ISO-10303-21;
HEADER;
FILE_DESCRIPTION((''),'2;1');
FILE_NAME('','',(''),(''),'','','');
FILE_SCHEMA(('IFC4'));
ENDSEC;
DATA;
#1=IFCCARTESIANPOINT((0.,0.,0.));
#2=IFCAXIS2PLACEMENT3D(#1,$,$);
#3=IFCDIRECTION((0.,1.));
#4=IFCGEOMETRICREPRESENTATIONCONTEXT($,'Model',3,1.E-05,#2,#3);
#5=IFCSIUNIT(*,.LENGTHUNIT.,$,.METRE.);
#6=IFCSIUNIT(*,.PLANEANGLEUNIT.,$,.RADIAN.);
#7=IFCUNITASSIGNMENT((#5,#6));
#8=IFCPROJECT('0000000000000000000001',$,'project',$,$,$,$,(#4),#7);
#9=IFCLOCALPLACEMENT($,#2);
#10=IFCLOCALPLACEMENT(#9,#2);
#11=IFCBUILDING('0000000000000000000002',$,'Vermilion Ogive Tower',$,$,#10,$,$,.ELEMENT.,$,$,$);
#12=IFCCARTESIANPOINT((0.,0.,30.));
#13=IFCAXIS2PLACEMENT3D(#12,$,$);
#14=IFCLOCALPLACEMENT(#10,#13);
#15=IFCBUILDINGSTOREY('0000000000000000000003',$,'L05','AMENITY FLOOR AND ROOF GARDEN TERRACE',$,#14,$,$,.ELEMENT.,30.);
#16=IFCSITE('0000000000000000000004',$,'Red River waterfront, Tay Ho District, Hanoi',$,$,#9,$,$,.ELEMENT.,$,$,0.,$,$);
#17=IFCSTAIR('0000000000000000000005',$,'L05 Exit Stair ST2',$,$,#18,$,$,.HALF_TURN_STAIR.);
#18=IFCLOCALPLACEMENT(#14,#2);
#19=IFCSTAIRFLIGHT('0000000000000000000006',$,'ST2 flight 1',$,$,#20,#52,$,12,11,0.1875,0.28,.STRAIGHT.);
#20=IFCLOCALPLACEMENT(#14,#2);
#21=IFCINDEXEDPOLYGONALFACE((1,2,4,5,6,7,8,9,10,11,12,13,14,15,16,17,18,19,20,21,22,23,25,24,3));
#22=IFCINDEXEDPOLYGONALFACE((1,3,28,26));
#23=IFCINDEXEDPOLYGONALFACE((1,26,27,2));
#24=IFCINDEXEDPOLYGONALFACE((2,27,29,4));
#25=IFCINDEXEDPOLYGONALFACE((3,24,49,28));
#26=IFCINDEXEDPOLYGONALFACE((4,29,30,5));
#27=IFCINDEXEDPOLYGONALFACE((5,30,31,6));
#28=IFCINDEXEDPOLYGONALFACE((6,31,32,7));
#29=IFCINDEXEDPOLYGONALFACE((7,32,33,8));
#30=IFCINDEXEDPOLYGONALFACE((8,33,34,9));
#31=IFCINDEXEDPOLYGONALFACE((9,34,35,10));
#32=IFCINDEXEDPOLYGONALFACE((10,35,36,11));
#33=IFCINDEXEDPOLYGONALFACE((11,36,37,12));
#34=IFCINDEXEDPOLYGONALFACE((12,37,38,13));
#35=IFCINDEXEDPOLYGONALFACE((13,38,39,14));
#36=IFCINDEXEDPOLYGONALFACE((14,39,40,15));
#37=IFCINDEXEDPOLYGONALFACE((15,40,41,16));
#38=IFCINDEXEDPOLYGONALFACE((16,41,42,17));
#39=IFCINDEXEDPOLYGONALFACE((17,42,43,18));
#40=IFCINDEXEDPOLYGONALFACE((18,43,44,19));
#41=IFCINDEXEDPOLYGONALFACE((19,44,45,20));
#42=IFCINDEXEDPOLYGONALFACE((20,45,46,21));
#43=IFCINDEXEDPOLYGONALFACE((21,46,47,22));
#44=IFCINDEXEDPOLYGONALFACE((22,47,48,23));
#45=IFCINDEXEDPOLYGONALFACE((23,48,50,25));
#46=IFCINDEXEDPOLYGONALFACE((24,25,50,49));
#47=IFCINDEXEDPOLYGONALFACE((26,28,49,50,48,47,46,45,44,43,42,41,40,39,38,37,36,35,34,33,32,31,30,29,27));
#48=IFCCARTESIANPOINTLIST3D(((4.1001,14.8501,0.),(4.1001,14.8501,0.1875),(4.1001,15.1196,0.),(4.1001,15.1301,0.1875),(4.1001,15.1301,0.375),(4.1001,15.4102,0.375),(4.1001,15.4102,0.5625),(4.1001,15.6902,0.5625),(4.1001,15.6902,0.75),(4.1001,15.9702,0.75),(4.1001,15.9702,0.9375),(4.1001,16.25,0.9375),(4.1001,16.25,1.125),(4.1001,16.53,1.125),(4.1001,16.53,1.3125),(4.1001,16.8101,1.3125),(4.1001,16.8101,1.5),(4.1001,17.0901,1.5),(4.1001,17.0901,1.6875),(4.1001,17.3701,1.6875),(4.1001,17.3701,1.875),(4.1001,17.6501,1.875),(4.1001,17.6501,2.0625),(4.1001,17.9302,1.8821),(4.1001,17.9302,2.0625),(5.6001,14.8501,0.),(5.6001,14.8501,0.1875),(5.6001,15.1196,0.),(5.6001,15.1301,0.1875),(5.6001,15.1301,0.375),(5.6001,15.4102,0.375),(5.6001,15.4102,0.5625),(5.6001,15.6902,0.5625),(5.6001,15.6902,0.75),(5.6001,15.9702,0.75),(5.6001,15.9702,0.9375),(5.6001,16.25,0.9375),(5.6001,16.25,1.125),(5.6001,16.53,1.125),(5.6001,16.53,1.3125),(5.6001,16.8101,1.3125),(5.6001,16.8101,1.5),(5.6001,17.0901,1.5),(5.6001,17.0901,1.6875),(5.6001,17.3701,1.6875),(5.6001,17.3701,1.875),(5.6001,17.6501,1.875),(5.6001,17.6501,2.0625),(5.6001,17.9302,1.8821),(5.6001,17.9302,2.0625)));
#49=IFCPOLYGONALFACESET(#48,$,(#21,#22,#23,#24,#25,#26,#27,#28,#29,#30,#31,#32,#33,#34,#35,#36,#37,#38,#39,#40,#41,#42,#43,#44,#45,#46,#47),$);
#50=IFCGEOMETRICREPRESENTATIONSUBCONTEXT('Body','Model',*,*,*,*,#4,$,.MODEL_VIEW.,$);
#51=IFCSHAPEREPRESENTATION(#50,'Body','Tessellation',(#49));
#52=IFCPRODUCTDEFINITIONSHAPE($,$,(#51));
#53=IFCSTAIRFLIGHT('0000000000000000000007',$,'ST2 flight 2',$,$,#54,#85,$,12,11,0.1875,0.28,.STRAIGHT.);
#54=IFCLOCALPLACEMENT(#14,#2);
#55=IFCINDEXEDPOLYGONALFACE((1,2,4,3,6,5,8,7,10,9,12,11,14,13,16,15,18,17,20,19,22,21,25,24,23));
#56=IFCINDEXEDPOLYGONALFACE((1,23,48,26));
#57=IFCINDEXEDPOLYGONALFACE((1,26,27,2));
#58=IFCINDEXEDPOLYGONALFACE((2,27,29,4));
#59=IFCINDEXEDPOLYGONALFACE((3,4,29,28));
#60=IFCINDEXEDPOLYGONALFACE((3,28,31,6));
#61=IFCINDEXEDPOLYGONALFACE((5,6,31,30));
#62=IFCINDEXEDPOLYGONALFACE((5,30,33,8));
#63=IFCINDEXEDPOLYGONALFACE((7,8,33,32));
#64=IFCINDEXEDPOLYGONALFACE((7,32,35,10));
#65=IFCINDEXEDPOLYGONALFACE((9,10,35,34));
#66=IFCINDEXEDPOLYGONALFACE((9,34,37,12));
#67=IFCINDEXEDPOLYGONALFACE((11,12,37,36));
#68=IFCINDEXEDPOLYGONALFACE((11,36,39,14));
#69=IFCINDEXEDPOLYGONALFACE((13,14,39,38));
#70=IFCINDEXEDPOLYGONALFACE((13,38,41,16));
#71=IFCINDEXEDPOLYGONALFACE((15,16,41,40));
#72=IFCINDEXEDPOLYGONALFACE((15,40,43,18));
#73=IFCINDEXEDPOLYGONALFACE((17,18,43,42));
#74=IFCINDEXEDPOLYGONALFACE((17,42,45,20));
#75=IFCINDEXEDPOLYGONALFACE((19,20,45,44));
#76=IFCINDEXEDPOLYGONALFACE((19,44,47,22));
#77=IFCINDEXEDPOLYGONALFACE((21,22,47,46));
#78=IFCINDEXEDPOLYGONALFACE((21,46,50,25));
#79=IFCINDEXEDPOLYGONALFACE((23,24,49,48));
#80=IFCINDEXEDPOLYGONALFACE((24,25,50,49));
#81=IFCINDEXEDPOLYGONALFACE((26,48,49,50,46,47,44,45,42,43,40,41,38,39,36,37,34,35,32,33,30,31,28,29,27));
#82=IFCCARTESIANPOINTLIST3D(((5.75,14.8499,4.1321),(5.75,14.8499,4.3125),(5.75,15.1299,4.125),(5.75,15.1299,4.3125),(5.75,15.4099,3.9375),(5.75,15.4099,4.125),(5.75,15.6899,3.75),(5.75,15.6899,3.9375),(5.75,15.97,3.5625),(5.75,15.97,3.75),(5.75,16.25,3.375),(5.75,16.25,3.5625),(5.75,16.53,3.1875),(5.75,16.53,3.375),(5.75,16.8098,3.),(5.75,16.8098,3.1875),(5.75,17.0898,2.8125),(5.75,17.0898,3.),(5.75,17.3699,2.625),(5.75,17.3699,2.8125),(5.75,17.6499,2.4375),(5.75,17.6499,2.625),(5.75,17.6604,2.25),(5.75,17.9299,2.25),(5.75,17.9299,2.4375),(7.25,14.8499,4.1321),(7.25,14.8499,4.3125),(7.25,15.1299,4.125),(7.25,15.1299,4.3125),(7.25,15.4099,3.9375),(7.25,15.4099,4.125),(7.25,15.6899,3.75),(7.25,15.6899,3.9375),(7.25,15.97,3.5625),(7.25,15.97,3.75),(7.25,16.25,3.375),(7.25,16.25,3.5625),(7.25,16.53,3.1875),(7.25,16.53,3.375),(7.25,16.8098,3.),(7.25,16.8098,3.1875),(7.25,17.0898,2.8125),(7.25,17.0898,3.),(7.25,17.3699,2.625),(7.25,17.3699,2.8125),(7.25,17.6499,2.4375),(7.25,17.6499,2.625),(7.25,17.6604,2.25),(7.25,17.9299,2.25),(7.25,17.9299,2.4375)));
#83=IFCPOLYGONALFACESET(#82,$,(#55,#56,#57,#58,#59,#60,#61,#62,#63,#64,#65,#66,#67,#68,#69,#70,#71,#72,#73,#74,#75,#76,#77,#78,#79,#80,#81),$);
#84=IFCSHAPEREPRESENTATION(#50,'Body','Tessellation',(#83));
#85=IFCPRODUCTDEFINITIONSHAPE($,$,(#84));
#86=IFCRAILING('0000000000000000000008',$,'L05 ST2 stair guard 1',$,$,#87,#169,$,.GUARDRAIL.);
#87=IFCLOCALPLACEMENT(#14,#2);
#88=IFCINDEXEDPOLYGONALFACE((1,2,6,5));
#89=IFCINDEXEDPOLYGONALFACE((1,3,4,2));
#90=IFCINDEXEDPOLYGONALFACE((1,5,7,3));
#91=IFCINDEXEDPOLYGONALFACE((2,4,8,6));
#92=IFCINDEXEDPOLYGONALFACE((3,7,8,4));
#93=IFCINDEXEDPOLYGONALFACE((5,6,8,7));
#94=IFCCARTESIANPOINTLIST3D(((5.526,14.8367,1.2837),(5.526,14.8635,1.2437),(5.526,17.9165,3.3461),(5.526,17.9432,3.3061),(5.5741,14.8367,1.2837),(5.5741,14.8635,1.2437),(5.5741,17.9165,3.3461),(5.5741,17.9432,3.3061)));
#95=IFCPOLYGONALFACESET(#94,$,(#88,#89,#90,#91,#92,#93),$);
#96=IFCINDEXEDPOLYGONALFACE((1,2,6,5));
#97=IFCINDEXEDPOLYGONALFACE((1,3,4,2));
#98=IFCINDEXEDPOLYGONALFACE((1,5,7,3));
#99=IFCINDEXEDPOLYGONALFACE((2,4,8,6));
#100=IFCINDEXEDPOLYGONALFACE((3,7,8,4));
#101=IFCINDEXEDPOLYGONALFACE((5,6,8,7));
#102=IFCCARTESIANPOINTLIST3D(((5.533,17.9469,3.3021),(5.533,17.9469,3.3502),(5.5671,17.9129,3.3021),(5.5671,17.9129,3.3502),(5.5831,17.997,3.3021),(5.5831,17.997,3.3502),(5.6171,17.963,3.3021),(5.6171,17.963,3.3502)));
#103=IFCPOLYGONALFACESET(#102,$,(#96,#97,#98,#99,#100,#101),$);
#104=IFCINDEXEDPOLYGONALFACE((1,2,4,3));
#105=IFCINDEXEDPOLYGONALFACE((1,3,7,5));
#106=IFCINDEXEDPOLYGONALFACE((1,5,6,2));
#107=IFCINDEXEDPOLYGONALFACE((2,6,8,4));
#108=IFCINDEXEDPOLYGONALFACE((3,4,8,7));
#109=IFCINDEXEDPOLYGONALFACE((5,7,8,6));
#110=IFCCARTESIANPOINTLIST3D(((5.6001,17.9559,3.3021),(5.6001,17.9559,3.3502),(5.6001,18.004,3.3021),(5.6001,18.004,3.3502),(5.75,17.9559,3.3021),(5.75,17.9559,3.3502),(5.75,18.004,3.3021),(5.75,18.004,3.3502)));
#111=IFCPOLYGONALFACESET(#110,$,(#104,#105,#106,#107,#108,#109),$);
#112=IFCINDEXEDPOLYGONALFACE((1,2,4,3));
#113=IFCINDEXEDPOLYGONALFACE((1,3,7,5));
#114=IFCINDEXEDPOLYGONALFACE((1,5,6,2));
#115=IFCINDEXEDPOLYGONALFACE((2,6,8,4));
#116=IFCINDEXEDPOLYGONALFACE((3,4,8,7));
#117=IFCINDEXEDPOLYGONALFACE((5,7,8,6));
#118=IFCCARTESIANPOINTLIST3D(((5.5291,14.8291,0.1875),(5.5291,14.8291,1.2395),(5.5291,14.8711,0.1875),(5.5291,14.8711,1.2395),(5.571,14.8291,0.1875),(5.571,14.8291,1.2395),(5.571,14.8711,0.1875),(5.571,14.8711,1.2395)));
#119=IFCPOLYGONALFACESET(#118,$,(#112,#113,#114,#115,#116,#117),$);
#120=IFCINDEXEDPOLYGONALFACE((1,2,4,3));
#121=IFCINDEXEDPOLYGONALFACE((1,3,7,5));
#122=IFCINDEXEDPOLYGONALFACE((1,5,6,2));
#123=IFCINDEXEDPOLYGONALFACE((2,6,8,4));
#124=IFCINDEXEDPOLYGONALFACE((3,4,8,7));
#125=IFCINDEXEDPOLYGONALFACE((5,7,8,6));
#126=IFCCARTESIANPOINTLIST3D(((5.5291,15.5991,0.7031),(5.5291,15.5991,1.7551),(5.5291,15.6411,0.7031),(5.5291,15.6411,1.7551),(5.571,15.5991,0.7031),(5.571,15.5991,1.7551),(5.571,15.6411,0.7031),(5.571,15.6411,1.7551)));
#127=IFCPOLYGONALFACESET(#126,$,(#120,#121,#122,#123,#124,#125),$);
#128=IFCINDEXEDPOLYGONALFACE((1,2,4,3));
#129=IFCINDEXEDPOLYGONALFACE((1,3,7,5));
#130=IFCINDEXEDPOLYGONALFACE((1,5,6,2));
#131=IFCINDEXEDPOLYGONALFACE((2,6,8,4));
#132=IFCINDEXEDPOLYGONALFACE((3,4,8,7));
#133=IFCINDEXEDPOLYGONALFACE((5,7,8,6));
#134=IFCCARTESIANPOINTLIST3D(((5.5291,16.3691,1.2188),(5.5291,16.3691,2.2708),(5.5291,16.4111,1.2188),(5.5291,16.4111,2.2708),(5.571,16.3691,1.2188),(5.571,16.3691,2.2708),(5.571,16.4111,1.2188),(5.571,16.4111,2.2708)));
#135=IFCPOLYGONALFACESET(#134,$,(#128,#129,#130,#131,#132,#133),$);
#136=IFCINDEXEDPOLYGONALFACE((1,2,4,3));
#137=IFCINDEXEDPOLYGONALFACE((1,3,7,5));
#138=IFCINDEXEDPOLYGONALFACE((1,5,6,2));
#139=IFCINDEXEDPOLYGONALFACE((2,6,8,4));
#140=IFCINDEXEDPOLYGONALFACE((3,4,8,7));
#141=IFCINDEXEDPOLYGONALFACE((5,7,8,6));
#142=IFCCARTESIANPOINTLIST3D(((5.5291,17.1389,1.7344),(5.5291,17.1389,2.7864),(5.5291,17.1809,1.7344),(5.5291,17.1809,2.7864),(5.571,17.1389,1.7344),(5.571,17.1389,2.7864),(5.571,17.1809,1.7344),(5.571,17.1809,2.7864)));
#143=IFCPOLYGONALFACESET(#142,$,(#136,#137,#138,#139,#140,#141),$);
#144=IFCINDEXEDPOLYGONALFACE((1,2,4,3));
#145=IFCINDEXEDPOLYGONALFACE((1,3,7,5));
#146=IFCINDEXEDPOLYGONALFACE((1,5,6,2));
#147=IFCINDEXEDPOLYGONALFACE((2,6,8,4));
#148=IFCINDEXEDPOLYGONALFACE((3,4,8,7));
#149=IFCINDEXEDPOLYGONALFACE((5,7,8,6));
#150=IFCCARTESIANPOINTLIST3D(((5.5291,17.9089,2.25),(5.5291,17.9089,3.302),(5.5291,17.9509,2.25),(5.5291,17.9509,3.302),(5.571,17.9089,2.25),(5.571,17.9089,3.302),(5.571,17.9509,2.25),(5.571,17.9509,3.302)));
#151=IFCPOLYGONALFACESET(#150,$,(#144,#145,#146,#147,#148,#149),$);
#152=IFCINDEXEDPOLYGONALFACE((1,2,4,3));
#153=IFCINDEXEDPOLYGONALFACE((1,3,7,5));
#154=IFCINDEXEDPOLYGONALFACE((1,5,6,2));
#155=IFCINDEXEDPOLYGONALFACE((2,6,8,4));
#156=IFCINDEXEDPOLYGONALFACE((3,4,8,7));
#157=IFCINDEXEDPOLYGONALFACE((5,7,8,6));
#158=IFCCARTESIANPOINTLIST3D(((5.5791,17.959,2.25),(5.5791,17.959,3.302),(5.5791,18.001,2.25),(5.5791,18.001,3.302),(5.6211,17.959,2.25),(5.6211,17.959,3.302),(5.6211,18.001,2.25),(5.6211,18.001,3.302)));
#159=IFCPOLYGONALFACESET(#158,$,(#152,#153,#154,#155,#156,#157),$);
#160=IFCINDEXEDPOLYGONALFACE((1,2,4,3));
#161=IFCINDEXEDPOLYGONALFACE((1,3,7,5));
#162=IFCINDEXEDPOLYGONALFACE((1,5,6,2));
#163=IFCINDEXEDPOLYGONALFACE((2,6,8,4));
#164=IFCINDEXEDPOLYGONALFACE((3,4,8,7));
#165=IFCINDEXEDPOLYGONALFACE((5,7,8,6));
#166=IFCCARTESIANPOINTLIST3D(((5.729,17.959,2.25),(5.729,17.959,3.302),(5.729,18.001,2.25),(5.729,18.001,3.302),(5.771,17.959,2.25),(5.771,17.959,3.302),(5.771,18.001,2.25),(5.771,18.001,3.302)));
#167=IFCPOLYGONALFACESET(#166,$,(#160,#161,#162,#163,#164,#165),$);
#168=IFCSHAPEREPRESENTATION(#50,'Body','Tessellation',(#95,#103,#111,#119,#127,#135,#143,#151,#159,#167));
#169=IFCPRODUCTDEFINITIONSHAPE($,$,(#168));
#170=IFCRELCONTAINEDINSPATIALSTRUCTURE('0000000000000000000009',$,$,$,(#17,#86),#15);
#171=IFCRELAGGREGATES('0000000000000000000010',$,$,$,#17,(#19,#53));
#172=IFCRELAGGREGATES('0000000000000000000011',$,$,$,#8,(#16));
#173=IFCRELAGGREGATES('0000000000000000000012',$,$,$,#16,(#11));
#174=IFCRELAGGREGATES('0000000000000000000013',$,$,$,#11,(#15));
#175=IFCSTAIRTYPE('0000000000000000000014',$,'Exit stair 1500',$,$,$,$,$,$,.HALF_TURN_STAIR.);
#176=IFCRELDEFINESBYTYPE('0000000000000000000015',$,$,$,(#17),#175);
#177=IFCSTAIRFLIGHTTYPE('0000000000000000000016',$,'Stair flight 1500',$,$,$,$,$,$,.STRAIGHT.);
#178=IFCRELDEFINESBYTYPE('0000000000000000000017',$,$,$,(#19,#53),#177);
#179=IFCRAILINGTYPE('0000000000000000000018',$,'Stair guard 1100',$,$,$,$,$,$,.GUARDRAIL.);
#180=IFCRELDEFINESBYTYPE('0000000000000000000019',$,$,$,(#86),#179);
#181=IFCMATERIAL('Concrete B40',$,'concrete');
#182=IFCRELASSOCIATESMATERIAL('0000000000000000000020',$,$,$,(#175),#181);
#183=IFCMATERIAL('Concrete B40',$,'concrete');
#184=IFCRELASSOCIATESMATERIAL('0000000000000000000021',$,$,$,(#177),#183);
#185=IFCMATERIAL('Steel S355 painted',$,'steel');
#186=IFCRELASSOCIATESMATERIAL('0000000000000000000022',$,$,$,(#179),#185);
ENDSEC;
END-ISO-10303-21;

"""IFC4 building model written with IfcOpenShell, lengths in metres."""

from ifc_helpers import new_model, si_unit, direction, frame, origin, origin_2d, place, context, subcontext, project, spatial, polyline, rectangle, outline, extrude, material, type_object, element, aggregate, save


model = new_model("IFC4")

# Units and contexts
model_context = context("Model", 3, precision=1e-05, world=origin(), true_north=direction((0.0, 1.0)))
body_context = subcontext(model_context, "Body", "Model", "MODEL_VIEW")
ifc_project = project(units=[si_unit("LENGTHUNIT", "METRE"), si_unit("PLANEANGLEUNIT", "RADIAN")], contexts=[model_context])

# Site, building, storey
site_placement = place(None, origin())
site = spatial("IfcSite", under=ifc_project, at=site_placement, Name="Red River waterfront, Tay Ho District, Hanoi", CompositionType="ELEMENT", RefElevation=0.0)
building_placement = place(site_placement, origin())
building = spatial("IfcBuilding", under=site, at=building_placement, Name="Vermilion Ogive Tower", CompositionType="ELEMENT")
storey_placement = place(building_placement, frame((0.0, 0.0, 30.0)))
storey = spatial("IfcBuildingStorey", under=building, at=storey_placement, Name="L05", Description="AMENITY FLOOR AND ROOF GARDEN TERRACE", CompositionType="ELEMENT", Elevation=30.0)

# Stair, stair flights
ifc_material_1 = material(Name="Concrete B40", Category="concrete")
stair_type = type_object("IfcStairType", Name="Exit stair 1500", PredefinedType="HALF_TURN_STAIR", material=ifc_material_1)
stair_placement = place(storey_placement, origin())
stair = element("IfcStair", 1, at=stair_placement, inside=storey, type_object=stair_type, Name="L05 Exit Stair ST2", PredefinedType="HALF_TURN_STAIR")
ifc_material_2 = material(Name="Concrete B40", Category="concrete")
stair_flight_type = type_object("IfcStairFlightType", Name="Stair flight 1500", PredefinedType="STRAIGHT", material=ifc_material_2)
stair_flight_1_placement = place(storey_placement, frame((4.8501, 14.8501, 0.0), z_axis=(0.0, 0.0, 1.0), x_axis=(0.0, 1.0, 0.0)))
stair_flight_1 = element("IfcStairFlight", 2, at=stair_flight_1_placement, type_object=stair_flight_type, Name="ST2 flight 1", NumberOfRisers=12, NumberOfTreads=11, PredefinedType="STRAIGHT", RiserHeight=0.1875, TreadLength=0.28, context=body_context, shape_type="SweptSolid", body=[
    extrude(outline(polyline([(0.0, 0.0), (0.0, 0.1875), (0.28, 0.1875), (0.28, 0.375), (0.5601, 0.375), (0.5601, 0.5625), (0.8401, 0.5625), (0.8401, 0.75), (1.1201, 0.75), (1.1201, 0.9375), (1.3999, 0.9375), (1.3999, 1.125), (1.6799, 1.125), (1.6799, 1.3125), (1.96, 1.3125), (1.96, 1.5), (2.24, 1.5), (2.24, 1.6875), (2.52, 1.6875), (2.52, 1.875), (2.8, 1.875), (2.8, 2.0625), (3.0801, 2.0625), (3.0801, 2.25), (3.0801, 1.8821), (0.2695, 0.0), (0.0, 0.0)])), frame((0.0, 0.75, 0.0), z_axis=(0.0, -1.0, 0.0), x_axis=(1.0, 0.0, 0.0)), (0.0, 0.0, 1.0), 1.5),
])
stair_flight_2_placement = place(storey_placement, frame((6.5, 17.9299, 2.25), z_axis=(0.0, 0.0, 1.0), x_axis=(0.0, -1.0, 0.0)))
stair_flight_2 = element("IfcStairFlight", 3, at=stair_flight_2_placement, type_object=stair_flight_type, Name="ST2 flight 2", NumberOfRisers=12, NumberOfTreads=11, PredefinedType="STRAIGHT", RiserHeight=0.1875, TreadLength=0.28, context=body_context, shape_type="SweptSolid", body=[
    extrude(outline(polyline([(0.0, 0.0), (0.0, 0.1875), (0.28, 0.1875), (0.28, 0.375), (0.5601, 0.375), (0.5601, 0.5625), (0.8401, 0.5625), (0.8401, 0.75), (1.1201, 0.75), (1.1201, 0.9375), (1.3999, 0.9375), (1.3999, 1.125), (1.6799, 1.125), (1.6799, 1.3125), (1.96, 1.3125), (1.96, 1.5), (2.24, 1.5), (2.24, 1.6875), (2.52, 1.6875), (2.52, 1.875), (2.8, 1.875), (2.8, 2.0625), (3.0801, 2.0625), (3.0801, 2.25), (3.0801, 1.8821), (0.2695, 0.0), (0.0, 0.0)])), frame((0.0, 0.75, 0.0), z_axis=(0.0, -1.0, 0.0), x_axis=(1.0, 0.0, 0.0)), (0.0, 0.0, 1.0), 1.5),
])
aggregate(stair, [stair_flight_1, stair_flight_2])

# Railing
ifc_material_3 = material(Name="Steel S355 painted", Category="steel")
railing_type_1 = type_object("IfcRailingType", Name="Stair guard 1100", PredefinedType="GUARDRAIL", material=ifc_material_3)
railing_1_placement = place(storey_placement, frame((5.55, 14.8501, 0.1875)))
element("IfcRailing", 4, at=railing_1_placement, inside=storey, type_object=railing_type_1, Name="L05 ST2 stair guard 1", PredefinedType="GUARDRAIL", context=body_context, shape_type="SweptSolid", body=[
    extrude(rectangle(XDim=0.0481, YDim=0.0481, at=origin_2d()), frame((0.0, 0.0, 1.0762), z_axis=(0.0, 0.830893, 0.556432), x_axis=(-1.0, 0.0, 0.0)), (0.0, 0.0, 1.0), 3.7065),
    extrude(rectangle(XDim=0.0481, YDim=0.0481, at=origin_2d()), frame((0.0, 3.0798, 3.1387), z_axis=(0.707107, 0.707107, 0.0), x_axis=(-0.707107, 0.707107, 0.0)), (0.0, 0.0, 1.0), 0.0708),
    extrude(rectangle(XDim=0.0481, YDim=0.0481, at=origin_2d()), frame((0.05, 3.1299, 3.1387), z_axis=(1.0, 0.0, 0.0), x_axis=(0.0, 1.0, 0.0)), (0.0, 0.0, 1.0), 0.1499),
    extrude(rectangle(XDim=0.042, YDim=0.042, at=origin_2d()), origin(), (0.0, 0.0, 1.0), 1.052),
    extrude(rectangle(XDim=0.042, YDim=0.042, at=origin_2d()), frame((0.0, 0.77, 0.5156)), (0.0, 0.0, 1.0), 1.052),
    extrude(rectangle(XDim=0.042, YDim=0.042, at=origin_2d()), frame((0.0, 1.54, 1.0312)), (0.0, 0.0, 1.0), 1.052),
    extrude(rectangle(XDim=0.042, YDim=0.042, at=origin_2d()), frame((0.0, 2.3098, 1.5469)), (0.0, 0.0, 1.0), 1.052),
    extrude(rectangle(XDim=0.042, YDim=0.042, at=origin_2d()), frame((0.0, 3.0798, 2.0625)), (0.0, 0.0, 1.0), 1.052),
    extrude(rectangle(XDim=0.042, YDim=0.042, at=origin_2d()), frame((0.05, 3.1299, 2.0625)), (0.0, 0.0, 1.0), 1.052),
    extrude(rectangle(XDim=0.042, YDim=0.042, at=origin_2d()), frame((0.2, 3.1299, 2.0625)), (0.0, 0.0, 1.0), 1.052),
])

save(model, "model.ifc")
